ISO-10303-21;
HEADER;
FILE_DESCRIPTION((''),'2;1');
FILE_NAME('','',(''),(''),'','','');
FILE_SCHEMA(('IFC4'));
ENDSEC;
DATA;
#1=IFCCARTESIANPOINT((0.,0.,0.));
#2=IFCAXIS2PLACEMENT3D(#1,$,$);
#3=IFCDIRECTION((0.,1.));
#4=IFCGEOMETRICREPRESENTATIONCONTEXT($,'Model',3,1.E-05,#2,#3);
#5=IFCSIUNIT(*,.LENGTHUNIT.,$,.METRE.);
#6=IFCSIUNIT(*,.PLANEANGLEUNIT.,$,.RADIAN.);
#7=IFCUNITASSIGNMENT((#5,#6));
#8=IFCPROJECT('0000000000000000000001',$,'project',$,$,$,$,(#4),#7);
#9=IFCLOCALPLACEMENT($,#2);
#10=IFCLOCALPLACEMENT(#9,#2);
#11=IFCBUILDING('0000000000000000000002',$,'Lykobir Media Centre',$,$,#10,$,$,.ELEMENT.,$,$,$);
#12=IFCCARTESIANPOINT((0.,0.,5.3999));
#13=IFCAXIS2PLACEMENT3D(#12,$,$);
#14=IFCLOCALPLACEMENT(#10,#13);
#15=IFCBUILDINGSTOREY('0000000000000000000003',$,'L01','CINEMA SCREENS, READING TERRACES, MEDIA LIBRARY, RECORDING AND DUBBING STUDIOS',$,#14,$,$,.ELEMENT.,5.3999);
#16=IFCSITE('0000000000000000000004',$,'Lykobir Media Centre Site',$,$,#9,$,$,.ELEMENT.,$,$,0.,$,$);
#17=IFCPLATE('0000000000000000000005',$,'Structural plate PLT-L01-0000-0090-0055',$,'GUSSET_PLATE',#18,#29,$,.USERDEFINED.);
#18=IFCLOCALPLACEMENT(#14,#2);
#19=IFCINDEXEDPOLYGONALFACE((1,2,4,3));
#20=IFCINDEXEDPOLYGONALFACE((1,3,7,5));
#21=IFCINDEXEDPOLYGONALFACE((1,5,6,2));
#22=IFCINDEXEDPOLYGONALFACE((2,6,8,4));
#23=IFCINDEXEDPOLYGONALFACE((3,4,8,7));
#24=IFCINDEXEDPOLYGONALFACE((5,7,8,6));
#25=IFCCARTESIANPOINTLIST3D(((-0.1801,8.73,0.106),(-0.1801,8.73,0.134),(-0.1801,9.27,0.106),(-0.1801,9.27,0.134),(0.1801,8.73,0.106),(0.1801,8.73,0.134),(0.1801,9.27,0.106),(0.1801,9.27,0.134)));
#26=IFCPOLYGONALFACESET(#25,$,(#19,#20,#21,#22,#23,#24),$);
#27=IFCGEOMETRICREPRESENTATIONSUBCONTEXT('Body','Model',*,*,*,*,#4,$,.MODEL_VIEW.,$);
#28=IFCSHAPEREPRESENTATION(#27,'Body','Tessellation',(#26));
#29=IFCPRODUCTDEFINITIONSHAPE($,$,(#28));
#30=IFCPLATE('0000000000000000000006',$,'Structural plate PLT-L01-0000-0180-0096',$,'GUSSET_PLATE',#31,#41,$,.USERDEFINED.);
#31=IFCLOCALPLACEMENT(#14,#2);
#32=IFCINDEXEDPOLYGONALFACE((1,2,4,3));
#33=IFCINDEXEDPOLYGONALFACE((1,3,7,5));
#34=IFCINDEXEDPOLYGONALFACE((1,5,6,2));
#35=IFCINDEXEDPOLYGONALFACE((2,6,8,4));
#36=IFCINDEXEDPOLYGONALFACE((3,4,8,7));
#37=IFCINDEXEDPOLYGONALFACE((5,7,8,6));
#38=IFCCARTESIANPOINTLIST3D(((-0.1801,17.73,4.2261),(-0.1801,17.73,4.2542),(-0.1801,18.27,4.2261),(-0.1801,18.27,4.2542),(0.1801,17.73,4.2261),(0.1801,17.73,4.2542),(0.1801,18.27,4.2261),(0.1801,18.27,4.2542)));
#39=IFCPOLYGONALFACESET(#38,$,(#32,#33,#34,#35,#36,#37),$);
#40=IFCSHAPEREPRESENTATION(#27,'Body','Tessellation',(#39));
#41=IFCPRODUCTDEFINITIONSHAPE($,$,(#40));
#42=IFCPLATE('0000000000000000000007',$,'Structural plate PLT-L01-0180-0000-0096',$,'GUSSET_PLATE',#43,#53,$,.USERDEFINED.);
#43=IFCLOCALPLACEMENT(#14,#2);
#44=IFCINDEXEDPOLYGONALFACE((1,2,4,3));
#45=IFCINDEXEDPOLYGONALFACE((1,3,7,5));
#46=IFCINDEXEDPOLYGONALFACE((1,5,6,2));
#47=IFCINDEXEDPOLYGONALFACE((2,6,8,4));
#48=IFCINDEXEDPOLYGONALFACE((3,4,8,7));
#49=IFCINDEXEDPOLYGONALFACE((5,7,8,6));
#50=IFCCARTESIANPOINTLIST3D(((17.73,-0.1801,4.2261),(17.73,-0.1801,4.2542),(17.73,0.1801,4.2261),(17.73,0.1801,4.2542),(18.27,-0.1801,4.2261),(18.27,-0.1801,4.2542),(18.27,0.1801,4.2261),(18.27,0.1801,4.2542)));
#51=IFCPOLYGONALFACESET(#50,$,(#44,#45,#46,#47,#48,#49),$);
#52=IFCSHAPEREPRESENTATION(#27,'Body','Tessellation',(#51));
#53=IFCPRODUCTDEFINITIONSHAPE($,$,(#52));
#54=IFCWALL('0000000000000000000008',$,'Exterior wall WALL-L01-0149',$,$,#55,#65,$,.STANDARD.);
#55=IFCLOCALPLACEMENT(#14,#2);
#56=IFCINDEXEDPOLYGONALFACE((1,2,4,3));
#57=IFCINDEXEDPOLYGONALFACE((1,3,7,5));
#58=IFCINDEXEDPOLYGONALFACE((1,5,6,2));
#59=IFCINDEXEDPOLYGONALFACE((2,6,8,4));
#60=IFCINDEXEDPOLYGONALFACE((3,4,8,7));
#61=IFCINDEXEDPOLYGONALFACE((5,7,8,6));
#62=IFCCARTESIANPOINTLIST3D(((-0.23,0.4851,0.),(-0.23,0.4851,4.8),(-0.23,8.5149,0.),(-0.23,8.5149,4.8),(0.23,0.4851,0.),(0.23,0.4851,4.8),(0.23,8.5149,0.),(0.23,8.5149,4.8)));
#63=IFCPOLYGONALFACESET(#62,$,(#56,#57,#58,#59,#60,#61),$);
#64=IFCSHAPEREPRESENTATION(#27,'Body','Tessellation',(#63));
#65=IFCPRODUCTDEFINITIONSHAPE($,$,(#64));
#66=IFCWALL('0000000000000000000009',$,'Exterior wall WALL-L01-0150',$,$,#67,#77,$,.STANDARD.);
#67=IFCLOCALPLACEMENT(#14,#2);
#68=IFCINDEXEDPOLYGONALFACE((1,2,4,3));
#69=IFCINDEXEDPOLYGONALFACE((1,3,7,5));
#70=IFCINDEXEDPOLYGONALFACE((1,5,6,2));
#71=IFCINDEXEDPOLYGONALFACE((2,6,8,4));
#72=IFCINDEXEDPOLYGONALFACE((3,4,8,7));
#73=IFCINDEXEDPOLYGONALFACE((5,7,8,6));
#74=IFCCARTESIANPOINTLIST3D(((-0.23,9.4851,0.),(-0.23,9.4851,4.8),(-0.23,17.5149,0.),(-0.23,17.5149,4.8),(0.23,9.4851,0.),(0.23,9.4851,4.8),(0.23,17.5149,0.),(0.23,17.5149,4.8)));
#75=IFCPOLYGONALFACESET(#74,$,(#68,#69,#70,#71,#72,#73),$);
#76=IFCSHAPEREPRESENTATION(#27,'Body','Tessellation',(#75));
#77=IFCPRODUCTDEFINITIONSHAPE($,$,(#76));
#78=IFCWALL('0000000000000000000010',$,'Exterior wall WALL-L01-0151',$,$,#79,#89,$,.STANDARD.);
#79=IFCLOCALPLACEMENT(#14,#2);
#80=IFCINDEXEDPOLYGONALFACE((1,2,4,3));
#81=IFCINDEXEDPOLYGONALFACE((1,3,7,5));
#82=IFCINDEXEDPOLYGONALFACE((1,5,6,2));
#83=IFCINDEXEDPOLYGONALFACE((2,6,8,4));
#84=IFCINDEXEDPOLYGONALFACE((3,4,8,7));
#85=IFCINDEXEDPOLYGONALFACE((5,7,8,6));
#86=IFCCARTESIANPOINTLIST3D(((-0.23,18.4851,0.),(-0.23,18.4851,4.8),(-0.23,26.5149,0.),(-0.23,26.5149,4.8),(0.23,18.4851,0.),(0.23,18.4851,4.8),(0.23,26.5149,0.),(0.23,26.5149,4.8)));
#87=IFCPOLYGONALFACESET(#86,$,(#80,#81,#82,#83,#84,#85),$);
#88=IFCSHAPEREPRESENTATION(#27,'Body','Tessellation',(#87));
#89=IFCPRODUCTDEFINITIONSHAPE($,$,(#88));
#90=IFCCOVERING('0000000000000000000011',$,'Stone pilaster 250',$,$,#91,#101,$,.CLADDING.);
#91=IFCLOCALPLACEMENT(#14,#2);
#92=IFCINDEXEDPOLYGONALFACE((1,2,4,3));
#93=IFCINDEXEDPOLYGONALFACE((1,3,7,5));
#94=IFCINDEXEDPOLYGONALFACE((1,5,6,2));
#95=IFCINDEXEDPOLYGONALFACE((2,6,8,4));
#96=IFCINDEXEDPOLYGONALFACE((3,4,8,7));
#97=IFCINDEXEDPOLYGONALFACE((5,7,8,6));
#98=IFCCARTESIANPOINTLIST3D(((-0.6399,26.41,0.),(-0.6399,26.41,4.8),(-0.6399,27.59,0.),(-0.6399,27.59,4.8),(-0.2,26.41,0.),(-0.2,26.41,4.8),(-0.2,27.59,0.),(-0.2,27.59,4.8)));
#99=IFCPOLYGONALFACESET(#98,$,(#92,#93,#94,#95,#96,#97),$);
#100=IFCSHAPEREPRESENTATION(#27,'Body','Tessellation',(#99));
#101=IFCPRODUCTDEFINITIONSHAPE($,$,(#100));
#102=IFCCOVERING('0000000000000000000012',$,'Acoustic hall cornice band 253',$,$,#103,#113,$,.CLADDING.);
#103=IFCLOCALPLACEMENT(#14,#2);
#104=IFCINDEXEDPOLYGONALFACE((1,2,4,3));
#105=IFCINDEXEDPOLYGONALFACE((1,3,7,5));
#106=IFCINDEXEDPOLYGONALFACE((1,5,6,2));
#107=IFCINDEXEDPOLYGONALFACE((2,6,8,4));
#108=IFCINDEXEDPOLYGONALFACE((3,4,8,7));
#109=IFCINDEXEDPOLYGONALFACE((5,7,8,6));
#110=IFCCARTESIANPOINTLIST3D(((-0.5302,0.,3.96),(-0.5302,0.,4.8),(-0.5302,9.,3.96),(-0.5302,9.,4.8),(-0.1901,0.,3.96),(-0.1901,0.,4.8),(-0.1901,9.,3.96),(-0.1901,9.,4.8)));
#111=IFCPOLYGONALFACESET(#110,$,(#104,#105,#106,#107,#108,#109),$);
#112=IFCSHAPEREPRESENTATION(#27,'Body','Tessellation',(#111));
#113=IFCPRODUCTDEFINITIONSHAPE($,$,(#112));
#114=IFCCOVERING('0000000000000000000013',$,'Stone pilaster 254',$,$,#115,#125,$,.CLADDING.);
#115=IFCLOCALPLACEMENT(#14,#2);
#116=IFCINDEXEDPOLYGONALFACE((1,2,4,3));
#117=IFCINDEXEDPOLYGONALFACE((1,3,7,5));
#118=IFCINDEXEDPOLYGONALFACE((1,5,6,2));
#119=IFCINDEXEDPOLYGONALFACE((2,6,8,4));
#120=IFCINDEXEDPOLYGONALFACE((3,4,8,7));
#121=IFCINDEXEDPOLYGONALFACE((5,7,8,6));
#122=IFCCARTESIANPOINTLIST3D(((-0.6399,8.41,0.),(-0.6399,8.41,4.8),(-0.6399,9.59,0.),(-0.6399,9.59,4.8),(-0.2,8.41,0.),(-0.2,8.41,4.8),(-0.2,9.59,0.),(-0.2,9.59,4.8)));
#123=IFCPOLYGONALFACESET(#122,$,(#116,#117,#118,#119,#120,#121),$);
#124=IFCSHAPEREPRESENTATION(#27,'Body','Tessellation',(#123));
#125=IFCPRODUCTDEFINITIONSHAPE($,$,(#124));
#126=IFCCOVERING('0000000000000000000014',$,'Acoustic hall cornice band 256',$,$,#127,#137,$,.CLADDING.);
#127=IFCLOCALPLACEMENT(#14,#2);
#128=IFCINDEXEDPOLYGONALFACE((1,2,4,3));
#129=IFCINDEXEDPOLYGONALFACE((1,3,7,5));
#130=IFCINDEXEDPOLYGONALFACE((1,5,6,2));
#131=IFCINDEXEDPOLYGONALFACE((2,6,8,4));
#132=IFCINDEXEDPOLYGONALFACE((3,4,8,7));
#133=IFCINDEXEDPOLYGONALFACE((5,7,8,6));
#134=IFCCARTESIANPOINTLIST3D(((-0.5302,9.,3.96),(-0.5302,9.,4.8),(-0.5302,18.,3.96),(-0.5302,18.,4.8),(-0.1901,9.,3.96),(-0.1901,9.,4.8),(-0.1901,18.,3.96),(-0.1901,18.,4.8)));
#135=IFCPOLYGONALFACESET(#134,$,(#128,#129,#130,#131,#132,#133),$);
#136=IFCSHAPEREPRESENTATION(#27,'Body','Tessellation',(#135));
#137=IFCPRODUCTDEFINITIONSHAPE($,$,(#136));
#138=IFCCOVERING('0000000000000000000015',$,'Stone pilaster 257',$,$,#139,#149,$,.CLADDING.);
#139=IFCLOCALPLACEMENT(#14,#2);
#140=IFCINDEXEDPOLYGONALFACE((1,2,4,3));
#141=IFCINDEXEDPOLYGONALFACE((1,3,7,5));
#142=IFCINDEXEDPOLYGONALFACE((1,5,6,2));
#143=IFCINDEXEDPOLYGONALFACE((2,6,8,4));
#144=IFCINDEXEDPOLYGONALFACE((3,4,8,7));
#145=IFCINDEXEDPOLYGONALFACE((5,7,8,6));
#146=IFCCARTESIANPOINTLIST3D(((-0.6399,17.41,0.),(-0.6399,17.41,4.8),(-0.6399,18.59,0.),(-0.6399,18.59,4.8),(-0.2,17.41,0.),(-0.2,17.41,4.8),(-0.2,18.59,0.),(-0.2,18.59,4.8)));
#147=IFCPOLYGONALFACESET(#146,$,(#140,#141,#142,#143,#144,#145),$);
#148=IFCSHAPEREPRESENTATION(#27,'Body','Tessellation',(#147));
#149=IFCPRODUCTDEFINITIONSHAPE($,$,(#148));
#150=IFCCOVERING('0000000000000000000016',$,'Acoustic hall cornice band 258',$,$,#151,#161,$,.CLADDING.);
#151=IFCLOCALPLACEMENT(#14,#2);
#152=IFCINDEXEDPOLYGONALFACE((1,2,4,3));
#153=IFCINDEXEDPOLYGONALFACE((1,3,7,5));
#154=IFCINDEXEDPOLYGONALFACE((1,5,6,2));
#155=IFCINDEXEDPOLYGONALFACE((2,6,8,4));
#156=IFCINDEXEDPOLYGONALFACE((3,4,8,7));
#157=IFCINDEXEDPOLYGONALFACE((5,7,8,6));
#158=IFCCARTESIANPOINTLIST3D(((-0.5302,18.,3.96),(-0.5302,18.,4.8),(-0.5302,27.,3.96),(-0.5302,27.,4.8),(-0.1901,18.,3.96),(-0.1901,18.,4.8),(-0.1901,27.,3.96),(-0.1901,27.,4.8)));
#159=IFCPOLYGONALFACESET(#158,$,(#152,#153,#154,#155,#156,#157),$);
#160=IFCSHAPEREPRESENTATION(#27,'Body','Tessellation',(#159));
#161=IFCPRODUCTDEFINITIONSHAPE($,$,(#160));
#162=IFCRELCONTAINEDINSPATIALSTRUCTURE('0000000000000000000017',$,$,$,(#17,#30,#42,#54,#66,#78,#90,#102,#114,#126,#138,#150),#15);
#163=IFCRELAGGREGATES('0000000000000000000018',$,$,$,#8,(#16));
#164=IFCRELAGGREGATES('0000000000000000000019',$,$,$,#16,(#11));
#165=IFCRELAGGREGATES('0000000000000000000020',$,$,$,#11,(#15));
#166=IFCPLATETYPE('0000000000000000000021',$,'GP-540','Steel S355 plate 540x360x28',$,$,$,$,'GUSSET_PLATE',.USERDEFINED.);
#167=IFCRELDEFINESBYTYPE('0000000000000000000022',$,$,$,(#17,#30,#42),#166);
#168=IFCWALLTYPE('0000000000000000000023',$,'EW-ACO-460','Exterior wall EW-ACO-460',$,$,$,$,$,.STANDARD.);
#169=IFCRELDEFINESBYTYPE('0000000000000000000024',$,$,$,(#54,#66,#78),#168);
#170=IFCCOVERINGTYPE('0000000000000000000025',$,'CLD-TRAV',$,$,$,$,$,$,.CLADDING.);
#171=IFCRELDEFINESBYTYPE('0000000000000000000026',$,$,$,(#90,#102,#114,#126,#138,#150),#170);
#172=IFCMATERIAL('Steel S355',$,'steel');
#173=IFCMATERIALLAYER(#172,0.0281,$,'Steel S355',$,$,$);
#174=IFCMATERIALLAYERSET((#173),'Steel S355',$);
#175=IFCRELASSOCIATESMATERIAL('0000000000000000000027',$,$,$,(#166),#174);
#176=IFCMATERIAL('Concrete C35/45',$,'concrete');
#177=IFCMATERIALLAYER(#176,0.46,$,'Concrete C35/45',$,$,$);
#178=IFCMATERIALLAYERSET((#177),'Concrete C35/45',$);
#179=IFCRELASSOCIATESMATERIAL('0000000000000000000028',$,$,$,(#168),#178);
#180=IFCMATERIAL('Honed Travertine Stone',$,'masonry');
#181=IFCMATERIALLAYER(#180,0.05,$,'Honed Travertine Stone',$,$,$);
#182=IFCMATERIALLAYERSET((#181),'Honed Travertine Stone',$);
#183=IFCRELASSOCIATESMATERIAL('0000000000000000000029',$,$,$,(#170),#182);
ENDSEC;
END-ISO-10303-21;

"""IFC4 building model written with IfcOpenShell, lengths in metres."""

from ifc_helpers import new_model, si_unit, direction, frame, frame_2d, origin, origin_2d, place, context, subcontext, project, spatial, rectangle, extrude, material, layer, layer_set, type_object, element, save


model = new_model("IFC4")

# Units and contexts
model_context = context("Model", 3, precision=1e-05, world=origin(), true_north=direction((0.0, 1.0)))
body_context = subcontext(model_context, "Body", "Model", "MODEL_VIEW")
ifc_project = project(units=[si_unit("LENGTHUNIT", "METRE"), si_unit("PLANEANGLEUNIT", "RADIAN")], contexts=[model_context])

# Site, building, storey
site_placement = place(None, origin())
site = spatial("IfcSite", under=ifc_project, at=site_placement, Name="Lykobir Media Centre Site", CompositionType="ELEMENT", RefElevation=0.0)
building_placement = place(site_placement, origin())
building = spatial("IfcBuilding", under=site, at=building_placement, Name="Lykobir Media Centre", CompositionType="ELEMENT")
storey_placement = place(building_placement, frame((0.0, 0.0, 5.3999)))
storey = spatial("IfcBuildingStorey", under=building, at=storey_placement, Name="L01", Description="CINEMA SCREENS, READING TERRACES, MEDIA LIBRARY, RECORDING AND DUBBING STUDIOS", CompositionType="ELEMENT", Elevation=5.3999)

# Shared definitions
ifc_material_1 = material(Name="Honed Travertine Stone", Category="masonry")

# Shared definitions
ifc_material_2 = material(Name="Steel S355", Category="steel")

# Plates
ifc_layer_1 = layer(ifc_material_2, 0.0281, Name="Steel S355")
ifc_layer_set_1 = layer_set([ifc_layer_1], Name="Steel S355")
plate_type_1 = type_object("IfcPlateType", Name="GP-540", Description="Steel S355 plate 540x360x28", ElementType="GUSSET_PLATE", PredefinedType="USERDEFINED", material=ifc_layer_set_1)
for number, where, z_axis, x_axis, name in (
    (1, (0.0, 9.0, 0.106), (0.0, 0.0, 1.0), (0.0, 1.0, 0.0), "Structural plate PLT-L01-0000-0090-0055"),
    (2, (0.0, 18.0, 4.2261), (0.0, 0.0, 1.0), (0.0, 1.0, 0.0), "Structural plate PLT-L01-0000-0180-0096"),
    (3, (18.0, 0.0, 4.2261), (0.0, 0.0, 1.0), (1.0, 0.0, 0.0), "Structural plate PLT-L01-0180-0000-0096"),
):
    element("IfcPlate", number, at=place(storey_placement, frame(where, z_axis=z_axis, x_axis=x_axis)), inside=storey, type_object=plate_type_1, Name=name, ObjectType="GUSSET_PLATE", PredefinedType="USERDEFINED", context=body_context, shape_type="SweptSolid", body=[
        extrude(rectangle(XDim=0.54, YDim=0.3601, at=origin_2d()), origin(), (0.0, 0.0, 1.0), 0.0281),
    ])

# Walls
ifc_material_3 = material(Name="Concrete C35/45", Category="concrete")
ifc_layer_2 = layer(ifc_material_3, 0.46, Name="Concrete C35/45")
ifc_layer_set_2 = layer_set([ifc_layer_2], Name="Concrete C35/45")
wall_type = type_object("IfcWallType", Name="EW-ACO-460", Description="Exterior wall EW-ACO-460", PredefinedType="STANDARD", material=ifc_layer_set_2)
for number, where, z_axis, x_axis, name in (
    (4, (0.0, 8.5149, 0.0), (0.0, 0.0, 1.0), (0.0, -1.0, 0.0), "Exterior wall WALL-L01-0149"),
    (5, (0.0, 17.5149, 0.0), (0.0, 0.0, 1.0), (0.0, -1.0, 0.0), "Exterior wall WALL-L01-0150"),
    (6, (0.0, 26.5149, 0.0), (0.0, 0.0, 1.0), (0.0, -1.0, 0.0), "Exterior wall WALL-L01-0151"),
):
    element("IfcWall", number, at=place(storey_placement, frame(where, z_axis=z_axis, x_axis=x_axis)), inside=storey, type_object=wall_type, Name=name, PredefinedType="STANDARD", context=body_context, shape_type="SweptSolid", body=[
        extrude(rectangle(XDim=8.0298, YDim=0.46, at=frame_2d((4.0149, 0.0))), origin(), (0.0, 0.0, 1.0), 4.8),
    ])

# Coverings
ifc_layer_3 = layer(ifc_material_1, 0.05, Name="Honed Travertine Stone")
ifc_layer_set_3 = layer_set([ifc_layer_3], Name="Honed Travertine Stone")
covering_type = type_object("IfcCoveringType", Name="CLD-TRAV", PredefinedType="CLADDING", material=ifc_layer_set_3)
covering_1_placement = place(storey_placement, frame((-0.4199, 27.0, 0.0), z_axis=(0.0, 0.0, 1.0), x_axis=(0.0, -1.0, 0.0)))
element("IfcCovering", 7, at=covering_1_placement, inside=storey, type_object=covering_type, Name="Stone pilaster 250", PredefinedType="CLADDING", context=body_context, shape_type="SweptSolid", body=[
    extrude(rectangle(XDim=1.1799, YDim=0.4399, at=origin_2d()), origin(), (0.0, 0.0, 1.0), 4.8),
])
covering_2_placement = place(storey_placement, frame((-0.3601, 4.5, 3.96), z_axis=(0.0, 0.0, 1.0), x_axis=(0.0, -1.0, 0.0)))
element("IfcCovering", 8, at=covering_2_placement, inside=storey, type_object=covering_type, Name="Acoustic hall cornice band 253", PredefinedType="CLADDING", context=body_context, shape_type="SweptSolid", body=[
    extrude(rectangle(XDim=9.0, YDim=0.3401, at=origin_2d()), origin(), (0.0, 0.0, 1.0), 0.8401),
])
covering_3_placement = place(storey_placement, frame((-0.4199, 9.0, 0.0), z_axis=(0.0, 0.0, 1.0), x_axis=(0.0, -1.0, 0.0)))
element("IfcCovering", 9, at=covering_3_placement, inside=storey, type_object=covering_type, Name="Stone pilaster 254", PredefinedType="CLADDING", context=body_context, shape_type="SweptSolid", body=[
    extrude(rectangle(XDim=1.1799, YDim=0.4399, at=origin_2d()), origin(), (0.0, 0.0, 1.0), 4.8),
])
covering_4_placement = place(storey_placement, frame((-0.3601, 13.5, 3.96), z_axis=(0.0, 0.0, 1.0), x_axis=(0.0, -1.0, 0.0)))
element("IfcCovering", 10, at=covering_4_placement, inside=storey, type_object=covering_type, Name="Acoustic hall cornice band 256", PredefinedType="CLADDING", context=body_context, shape_type="SweptSolid", body=[
    extrude(rectangle(XDim=9.0, YDim=0.3401, at=origin_2d()), origin(), (0.0, 0.0, 1.0), 0.8401),
])
covering_5_placement = place(storey_placement, frame((-0.4199, 18.0, 0.0), z_axis=(0.0, 0.0, 1.0), x_axis=(0.0, -1.0, 0.0)))
element("IfcCovering", 11, at=covering_5_placement, inside=storey, type_object=covering_type, Name="Stone pilaster 257", PredefinedType="CLADDING", context=body_context, shape_type="SweptSolid", body=[
    extrude(rectangle(XDim=1.1799, YDim=0.4399, at=origin_2d()), origin(), (0.0, 0.0, 1.0), 4.8),
])
covering_6_placement = place(storey_placement, frame((-0.3601, 22.5, 3.96), z_axis=(0.0, 0.0, 1.0), x_axis=(0.0, -1.0, 0.0)))
element("IfcCovering", 12, at=covering_6_placement, inside=storey, type_object=covering_type, Name="Acoustic hall cornice band 258", PredefinedType="CLADDING", context=body_context, shape_type="SweptSolid", body=[
    extrude(rectangle(XDim=9.0, YDim=0.3401, at=origin_2d()), origin(), (0.0, 0.0, 1.0), 0.8401),
])

save(model, "model.ifc")
